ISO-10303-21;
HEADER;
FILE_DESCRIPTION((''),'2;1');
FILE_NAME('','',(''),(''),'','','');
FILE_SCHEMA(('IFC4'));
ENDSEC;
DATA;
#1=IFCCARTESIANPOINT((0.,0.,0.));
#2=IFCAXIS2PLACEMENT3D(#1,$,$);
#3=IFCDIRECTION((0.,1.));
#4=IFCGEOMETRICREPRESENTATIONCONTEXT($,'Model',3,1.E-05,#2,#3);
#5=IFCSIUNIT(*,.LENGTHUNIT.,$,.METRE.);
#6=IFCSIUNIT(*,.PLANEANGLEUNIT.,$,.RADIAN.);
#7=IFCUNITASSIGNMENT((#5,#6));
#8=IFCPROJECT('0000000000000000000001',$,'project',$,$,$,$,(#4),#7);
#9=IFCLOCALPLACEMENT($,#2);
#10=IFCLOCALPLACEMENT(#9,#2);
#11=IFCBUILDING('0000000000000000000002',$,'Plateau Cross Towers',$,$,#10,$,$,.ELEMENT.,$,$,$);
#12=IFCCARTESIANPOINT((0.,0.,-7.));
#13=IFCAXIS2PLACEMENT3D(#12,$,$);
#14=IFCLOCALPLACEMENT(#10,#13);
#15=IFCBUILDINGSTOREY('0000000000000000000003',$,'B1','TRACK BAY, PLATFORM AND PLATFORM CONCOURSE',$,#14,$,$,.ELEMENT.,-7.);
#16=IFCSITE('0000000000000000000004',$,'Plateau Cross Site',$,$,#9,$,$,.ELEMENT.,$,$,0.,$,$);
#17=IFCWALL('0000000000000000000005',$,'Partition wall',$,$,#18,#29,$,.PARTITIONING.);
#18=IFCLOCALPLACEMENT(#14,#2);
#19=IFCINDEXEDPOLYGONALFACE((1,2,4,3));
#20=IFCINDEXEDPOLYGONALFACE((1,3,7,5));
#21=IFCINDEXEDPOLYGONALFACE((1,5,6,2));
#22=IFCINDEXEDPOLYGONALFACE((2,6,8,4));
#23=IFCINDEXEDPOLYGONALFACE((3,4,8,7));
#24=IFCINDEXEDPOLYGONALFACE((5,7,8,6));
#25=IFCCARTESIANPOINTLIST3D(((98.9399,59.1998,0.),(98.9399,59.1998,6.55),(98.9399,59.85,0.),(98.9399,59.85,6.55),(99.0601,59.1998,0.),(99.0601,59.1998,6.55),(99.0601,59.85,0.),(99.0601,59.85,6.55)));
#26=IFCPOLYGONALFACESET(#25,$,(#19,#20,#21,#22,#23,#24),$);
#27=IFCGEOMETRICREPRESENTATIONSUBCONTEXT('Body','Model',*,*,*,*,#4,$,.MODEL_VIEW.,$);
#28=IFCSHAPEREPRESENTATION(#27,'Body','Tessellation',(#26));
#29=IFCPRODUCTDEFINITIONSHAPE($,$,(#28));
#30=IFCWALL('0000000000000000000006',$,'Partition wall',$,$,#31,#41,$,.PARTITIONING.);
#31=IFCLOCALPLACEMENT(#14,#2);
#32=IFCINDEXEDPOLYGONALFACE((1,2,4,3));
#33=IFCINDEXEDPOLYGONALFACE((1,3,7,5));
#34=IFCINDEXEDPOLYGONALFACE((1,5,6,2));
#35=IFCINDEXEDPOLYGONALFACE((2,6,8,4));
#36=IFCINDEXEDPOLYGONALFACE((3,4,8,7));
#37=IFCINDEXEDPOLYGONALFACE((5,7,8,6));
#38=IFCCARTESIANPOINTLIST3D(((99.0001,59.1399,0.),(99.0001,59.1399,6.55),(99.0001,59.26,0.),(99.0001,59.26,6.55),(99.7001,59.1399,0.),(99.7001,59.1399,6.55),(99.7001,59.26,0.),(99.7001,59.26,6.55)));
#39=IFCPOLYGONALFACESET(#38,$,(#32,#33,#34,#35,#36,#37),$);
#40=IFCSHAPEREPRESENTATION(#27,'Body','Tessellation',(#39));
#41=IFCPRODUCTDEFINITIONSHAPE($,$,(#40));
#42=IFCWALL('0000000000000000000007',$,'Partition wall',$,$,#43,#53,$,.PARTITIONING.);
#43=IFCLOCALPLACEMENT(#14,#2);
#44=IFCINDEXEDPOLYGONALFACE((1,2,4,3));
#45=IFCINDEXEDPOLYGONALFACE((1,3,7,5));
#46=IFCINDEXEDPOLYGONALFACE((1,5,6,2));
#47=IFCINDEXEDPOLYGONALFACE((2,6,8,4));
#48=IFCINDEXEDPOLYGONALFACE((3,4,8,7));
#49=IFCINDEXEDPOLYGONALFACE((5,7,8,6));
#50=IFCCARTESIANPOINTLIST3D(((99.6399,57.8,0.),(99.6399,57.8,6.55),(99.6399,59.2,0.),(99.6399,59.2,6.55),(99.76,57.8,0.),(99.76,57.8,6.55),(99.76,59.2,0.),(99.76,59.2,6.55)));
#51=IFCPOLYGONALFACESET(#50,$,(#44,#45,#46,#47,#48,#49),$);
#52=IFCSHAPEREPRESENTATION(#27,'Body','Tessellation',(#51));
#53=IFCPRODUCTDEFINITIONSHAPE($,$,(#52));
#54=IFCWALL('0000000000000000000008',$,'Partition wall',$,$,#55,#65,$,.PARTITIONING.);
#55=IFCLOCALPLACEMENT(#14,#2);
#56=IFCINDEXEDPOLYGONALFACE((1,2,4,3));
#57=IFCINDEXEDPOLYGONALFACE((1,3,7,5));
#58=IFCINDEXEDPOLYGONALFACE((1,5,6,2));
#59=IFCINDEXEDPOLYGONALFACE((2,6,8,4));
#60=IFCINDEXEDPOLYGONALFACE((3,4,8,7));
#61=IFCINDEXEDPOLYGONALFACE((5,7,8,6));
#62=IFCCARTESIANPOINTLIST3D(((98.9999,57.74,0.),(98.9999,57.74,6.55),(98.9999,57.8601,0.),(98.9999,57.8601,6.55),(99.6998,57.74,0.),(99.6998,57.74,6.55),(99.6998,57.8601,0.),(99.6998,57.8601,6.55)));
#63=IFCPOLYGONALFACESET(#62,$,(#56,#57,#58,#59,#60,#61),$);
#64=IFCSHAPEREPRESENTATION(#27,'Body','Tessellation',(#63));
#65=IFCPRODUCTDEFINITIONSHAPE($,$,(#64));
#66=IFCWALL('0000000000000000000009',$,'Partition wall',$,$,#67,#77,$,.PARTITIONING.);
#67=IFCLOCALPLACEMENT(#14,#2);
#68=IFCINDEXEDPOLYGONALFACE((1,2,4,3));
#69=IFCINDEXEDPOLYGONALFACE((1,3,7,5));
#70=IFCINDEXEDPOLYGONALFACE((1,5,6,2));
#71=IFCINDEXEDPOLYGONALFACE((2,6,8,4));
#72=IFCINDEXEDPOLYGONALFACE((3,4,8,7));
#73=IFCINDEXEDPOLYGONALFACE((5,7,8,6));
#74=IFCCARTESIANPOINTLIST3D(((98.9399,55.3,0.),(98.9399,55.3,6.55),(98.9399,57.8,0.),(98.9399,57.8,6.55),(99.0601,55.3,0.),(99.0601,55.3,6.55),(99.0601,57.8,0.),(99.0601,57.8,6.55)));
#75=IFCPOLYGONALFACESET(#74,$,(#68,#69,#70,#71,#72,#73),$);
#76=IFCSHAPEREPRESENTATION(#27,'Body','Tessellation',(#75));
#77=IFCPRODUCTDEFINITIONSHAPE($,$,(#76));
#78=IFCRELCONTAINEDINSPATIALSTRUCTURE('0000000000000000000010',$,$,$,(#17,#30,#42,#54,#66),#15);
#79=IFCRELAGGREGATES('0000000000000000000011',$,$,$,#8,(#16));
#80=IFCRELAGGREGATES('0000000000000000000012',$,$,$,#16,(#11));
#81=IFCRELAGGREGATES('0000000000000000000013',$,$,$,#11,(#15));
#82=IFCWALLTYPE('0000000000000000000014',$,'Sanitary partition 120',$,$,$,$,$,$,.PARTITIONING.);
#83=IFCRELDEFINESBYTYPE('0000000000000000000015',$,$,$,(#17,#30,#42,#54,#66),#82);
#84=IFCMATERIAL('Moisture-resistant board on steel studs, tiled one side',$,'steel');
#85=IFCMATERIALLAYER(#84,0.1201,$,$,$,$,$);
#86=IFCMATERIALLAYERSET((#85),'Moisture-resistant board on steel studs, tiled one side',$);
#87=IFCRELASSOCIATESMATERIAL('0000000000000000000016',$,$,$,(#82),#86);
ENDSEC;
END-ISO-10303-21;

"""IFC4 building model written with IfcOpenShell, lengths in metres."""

from ifc_helpers import new_model, si_unit, direction, frame, frame_2d, origin, place, context, subcontext, project, spatial, rectangle, extrude, material, layer, layer_set, type_object, element, save


model = new_model("IFC4")

# Units and contexts
model_context = context("Model", 3, precision=1e-05, world=origin(), true_north=direction((0.0, 1.0)))
body_context = subcontext(model_context, "Body", "Model", "MODEL_VIEW")
ifc_project = project(units=[si_unit("LENGTHUNIT", "METRE"), si_unit("PLANEANGLEUNIT", "RADIAN")], contexts=[model_context])

# Site, building, storey
site_placement = place(None, origin())
site = spatial("IfcSite", under=ifc_project, at=site_placement, Name="Plateau Cross Site", CompositionType="ELEMENT", RefElevation=0.0)
building_placement = place(site_placement, origin())
building = spatial("IfcBuilding", under=site, at=building_placement, Name="Plateau Cross Towers", CompositionType="ELEMENT")
storey_placement = place(building_placement, frame((0.0, 0.0, -7.0)))
storey = spatial("IfcBuildingStorey", under=building, at=storey_placement, Name="B1", Description="TRACK BAY, PLATFORM AND PLATFORM CONCOURSE", CompositionType="ELEMENT", Elevation=-7.0)

# Walls
ifc_material_1 = material(Name="Moisture-resistant board on steel studs, tiled one side", Category="steel")
ifc_layer_1 = layer(ifc_material_1, 0.1201)
ifc_layer_set_1 = layer_set([ifc_layer_1], Name="Moisture-resistant board on steel studs, tiled one side")
wall_type_1 = type_object("IfcWallType", Name="Sanitary partition 120", PredefinedType="PARTITIONING", material=ifc_layer_set_1)
wall_1_placement = place(storey_placement, frame((99.0, 59.8501, 0.0), z_axis=(0.0, 0.0, 1.0), x_axis=(0.0, -1.0, 0.0)))
element("IfcWall", 1, at=wall_1_placement, inside=storey, type_object=wall_type_1, Name="Partition wall", PredefinedType="PARTITIONING", context=body_context, shape_type="SweptSolid", body=[
    extrude(rectangle(XDim=0.6501, YDim=0.1201, at=frame_2d((0.3252, 0.0))), origin(), (0.0, 0.0, 1.0), 6.55),
])
wall_2_placement = place(storey_placement, frame((99.0, 59.2, 0.0), z_axis=(0.0, 0.0, 1.0), x_axis=(1.0, 0.0, 0.0)))
element("IfcWall", 2, at=wall_2_placement, inside=storey, type_object=wall_type_1, Name="Partition wall", PredefinedType="PARTITIONING", context=body_context, shape_type="SweptSolid", body=[
    extrude(rectangle(XDim=0.7, YDim=0.1201, at=frame_2d((0.3501, 0.0))), origin(), (0.0, 0.0, 1.0), 6.55),
])
wall_3_placement = place(storey_placement, frame((99.7, 59.2, 0.0), z_axis=(0.0, 0.0, 1.0), x_axis=(0.0, -1.0, 0.0)))
element("IfcWall", 3, at=wall_3_placement, inside=storey, type_object=wall_type_1, Name="Partition wall", PredefinedType="PARTITIONING", context=body_context, shape_type="SweptSolid", body=[
    extrude(rectangle(XDim=1.3999, YDim=0.1201, at=frame_2d((0.7, 0.0))), origin(), (0.0, 0.0, 1.0), 6.55),
])
wall_4_placement = place(storey_placement, frame((99.7, 57.8, 0.0), z_axis=(0.0, 0.0, 1.0), x_axis=(-1.0, 0.0, 0.0)))
element("IfcWall", 4, at=wall_4_placement, inside=storey, type_object=wall_type_1, Name="Partition wall", PredefinedType="PARTITIONING", context=body_context, shape_type="SweptSolid", body=[
    extrude(rectangle(XDim=0.7, YDim=0.1201, at=frame_2d((0.3501, 0.0))), origin(), (0.0, 0.0, 1.0), 6.55),
])
wall_5_placement = place(storey_placement, frame((99.0, 57.8, 0.0), z_axis=(0.0, 0.0, 1.0), x_axis=(0.0, -1.0, 0.0)))
element("IfcWall", 5, at=wall_5_placement, inside=storey, type_object=wall_type_1, Name="Partition wall", PredefinedType="PARTITIONING", context=body_context, shape_type="SweptSolid", body=[
    extrude(rectangle(XDim=2.5, YDim=0.1201, at=frame_2d((1.25, 0.0))), origin(), (0.0, 0.0, 1.0), 6.55),
])

save(model, "model.ifc")
